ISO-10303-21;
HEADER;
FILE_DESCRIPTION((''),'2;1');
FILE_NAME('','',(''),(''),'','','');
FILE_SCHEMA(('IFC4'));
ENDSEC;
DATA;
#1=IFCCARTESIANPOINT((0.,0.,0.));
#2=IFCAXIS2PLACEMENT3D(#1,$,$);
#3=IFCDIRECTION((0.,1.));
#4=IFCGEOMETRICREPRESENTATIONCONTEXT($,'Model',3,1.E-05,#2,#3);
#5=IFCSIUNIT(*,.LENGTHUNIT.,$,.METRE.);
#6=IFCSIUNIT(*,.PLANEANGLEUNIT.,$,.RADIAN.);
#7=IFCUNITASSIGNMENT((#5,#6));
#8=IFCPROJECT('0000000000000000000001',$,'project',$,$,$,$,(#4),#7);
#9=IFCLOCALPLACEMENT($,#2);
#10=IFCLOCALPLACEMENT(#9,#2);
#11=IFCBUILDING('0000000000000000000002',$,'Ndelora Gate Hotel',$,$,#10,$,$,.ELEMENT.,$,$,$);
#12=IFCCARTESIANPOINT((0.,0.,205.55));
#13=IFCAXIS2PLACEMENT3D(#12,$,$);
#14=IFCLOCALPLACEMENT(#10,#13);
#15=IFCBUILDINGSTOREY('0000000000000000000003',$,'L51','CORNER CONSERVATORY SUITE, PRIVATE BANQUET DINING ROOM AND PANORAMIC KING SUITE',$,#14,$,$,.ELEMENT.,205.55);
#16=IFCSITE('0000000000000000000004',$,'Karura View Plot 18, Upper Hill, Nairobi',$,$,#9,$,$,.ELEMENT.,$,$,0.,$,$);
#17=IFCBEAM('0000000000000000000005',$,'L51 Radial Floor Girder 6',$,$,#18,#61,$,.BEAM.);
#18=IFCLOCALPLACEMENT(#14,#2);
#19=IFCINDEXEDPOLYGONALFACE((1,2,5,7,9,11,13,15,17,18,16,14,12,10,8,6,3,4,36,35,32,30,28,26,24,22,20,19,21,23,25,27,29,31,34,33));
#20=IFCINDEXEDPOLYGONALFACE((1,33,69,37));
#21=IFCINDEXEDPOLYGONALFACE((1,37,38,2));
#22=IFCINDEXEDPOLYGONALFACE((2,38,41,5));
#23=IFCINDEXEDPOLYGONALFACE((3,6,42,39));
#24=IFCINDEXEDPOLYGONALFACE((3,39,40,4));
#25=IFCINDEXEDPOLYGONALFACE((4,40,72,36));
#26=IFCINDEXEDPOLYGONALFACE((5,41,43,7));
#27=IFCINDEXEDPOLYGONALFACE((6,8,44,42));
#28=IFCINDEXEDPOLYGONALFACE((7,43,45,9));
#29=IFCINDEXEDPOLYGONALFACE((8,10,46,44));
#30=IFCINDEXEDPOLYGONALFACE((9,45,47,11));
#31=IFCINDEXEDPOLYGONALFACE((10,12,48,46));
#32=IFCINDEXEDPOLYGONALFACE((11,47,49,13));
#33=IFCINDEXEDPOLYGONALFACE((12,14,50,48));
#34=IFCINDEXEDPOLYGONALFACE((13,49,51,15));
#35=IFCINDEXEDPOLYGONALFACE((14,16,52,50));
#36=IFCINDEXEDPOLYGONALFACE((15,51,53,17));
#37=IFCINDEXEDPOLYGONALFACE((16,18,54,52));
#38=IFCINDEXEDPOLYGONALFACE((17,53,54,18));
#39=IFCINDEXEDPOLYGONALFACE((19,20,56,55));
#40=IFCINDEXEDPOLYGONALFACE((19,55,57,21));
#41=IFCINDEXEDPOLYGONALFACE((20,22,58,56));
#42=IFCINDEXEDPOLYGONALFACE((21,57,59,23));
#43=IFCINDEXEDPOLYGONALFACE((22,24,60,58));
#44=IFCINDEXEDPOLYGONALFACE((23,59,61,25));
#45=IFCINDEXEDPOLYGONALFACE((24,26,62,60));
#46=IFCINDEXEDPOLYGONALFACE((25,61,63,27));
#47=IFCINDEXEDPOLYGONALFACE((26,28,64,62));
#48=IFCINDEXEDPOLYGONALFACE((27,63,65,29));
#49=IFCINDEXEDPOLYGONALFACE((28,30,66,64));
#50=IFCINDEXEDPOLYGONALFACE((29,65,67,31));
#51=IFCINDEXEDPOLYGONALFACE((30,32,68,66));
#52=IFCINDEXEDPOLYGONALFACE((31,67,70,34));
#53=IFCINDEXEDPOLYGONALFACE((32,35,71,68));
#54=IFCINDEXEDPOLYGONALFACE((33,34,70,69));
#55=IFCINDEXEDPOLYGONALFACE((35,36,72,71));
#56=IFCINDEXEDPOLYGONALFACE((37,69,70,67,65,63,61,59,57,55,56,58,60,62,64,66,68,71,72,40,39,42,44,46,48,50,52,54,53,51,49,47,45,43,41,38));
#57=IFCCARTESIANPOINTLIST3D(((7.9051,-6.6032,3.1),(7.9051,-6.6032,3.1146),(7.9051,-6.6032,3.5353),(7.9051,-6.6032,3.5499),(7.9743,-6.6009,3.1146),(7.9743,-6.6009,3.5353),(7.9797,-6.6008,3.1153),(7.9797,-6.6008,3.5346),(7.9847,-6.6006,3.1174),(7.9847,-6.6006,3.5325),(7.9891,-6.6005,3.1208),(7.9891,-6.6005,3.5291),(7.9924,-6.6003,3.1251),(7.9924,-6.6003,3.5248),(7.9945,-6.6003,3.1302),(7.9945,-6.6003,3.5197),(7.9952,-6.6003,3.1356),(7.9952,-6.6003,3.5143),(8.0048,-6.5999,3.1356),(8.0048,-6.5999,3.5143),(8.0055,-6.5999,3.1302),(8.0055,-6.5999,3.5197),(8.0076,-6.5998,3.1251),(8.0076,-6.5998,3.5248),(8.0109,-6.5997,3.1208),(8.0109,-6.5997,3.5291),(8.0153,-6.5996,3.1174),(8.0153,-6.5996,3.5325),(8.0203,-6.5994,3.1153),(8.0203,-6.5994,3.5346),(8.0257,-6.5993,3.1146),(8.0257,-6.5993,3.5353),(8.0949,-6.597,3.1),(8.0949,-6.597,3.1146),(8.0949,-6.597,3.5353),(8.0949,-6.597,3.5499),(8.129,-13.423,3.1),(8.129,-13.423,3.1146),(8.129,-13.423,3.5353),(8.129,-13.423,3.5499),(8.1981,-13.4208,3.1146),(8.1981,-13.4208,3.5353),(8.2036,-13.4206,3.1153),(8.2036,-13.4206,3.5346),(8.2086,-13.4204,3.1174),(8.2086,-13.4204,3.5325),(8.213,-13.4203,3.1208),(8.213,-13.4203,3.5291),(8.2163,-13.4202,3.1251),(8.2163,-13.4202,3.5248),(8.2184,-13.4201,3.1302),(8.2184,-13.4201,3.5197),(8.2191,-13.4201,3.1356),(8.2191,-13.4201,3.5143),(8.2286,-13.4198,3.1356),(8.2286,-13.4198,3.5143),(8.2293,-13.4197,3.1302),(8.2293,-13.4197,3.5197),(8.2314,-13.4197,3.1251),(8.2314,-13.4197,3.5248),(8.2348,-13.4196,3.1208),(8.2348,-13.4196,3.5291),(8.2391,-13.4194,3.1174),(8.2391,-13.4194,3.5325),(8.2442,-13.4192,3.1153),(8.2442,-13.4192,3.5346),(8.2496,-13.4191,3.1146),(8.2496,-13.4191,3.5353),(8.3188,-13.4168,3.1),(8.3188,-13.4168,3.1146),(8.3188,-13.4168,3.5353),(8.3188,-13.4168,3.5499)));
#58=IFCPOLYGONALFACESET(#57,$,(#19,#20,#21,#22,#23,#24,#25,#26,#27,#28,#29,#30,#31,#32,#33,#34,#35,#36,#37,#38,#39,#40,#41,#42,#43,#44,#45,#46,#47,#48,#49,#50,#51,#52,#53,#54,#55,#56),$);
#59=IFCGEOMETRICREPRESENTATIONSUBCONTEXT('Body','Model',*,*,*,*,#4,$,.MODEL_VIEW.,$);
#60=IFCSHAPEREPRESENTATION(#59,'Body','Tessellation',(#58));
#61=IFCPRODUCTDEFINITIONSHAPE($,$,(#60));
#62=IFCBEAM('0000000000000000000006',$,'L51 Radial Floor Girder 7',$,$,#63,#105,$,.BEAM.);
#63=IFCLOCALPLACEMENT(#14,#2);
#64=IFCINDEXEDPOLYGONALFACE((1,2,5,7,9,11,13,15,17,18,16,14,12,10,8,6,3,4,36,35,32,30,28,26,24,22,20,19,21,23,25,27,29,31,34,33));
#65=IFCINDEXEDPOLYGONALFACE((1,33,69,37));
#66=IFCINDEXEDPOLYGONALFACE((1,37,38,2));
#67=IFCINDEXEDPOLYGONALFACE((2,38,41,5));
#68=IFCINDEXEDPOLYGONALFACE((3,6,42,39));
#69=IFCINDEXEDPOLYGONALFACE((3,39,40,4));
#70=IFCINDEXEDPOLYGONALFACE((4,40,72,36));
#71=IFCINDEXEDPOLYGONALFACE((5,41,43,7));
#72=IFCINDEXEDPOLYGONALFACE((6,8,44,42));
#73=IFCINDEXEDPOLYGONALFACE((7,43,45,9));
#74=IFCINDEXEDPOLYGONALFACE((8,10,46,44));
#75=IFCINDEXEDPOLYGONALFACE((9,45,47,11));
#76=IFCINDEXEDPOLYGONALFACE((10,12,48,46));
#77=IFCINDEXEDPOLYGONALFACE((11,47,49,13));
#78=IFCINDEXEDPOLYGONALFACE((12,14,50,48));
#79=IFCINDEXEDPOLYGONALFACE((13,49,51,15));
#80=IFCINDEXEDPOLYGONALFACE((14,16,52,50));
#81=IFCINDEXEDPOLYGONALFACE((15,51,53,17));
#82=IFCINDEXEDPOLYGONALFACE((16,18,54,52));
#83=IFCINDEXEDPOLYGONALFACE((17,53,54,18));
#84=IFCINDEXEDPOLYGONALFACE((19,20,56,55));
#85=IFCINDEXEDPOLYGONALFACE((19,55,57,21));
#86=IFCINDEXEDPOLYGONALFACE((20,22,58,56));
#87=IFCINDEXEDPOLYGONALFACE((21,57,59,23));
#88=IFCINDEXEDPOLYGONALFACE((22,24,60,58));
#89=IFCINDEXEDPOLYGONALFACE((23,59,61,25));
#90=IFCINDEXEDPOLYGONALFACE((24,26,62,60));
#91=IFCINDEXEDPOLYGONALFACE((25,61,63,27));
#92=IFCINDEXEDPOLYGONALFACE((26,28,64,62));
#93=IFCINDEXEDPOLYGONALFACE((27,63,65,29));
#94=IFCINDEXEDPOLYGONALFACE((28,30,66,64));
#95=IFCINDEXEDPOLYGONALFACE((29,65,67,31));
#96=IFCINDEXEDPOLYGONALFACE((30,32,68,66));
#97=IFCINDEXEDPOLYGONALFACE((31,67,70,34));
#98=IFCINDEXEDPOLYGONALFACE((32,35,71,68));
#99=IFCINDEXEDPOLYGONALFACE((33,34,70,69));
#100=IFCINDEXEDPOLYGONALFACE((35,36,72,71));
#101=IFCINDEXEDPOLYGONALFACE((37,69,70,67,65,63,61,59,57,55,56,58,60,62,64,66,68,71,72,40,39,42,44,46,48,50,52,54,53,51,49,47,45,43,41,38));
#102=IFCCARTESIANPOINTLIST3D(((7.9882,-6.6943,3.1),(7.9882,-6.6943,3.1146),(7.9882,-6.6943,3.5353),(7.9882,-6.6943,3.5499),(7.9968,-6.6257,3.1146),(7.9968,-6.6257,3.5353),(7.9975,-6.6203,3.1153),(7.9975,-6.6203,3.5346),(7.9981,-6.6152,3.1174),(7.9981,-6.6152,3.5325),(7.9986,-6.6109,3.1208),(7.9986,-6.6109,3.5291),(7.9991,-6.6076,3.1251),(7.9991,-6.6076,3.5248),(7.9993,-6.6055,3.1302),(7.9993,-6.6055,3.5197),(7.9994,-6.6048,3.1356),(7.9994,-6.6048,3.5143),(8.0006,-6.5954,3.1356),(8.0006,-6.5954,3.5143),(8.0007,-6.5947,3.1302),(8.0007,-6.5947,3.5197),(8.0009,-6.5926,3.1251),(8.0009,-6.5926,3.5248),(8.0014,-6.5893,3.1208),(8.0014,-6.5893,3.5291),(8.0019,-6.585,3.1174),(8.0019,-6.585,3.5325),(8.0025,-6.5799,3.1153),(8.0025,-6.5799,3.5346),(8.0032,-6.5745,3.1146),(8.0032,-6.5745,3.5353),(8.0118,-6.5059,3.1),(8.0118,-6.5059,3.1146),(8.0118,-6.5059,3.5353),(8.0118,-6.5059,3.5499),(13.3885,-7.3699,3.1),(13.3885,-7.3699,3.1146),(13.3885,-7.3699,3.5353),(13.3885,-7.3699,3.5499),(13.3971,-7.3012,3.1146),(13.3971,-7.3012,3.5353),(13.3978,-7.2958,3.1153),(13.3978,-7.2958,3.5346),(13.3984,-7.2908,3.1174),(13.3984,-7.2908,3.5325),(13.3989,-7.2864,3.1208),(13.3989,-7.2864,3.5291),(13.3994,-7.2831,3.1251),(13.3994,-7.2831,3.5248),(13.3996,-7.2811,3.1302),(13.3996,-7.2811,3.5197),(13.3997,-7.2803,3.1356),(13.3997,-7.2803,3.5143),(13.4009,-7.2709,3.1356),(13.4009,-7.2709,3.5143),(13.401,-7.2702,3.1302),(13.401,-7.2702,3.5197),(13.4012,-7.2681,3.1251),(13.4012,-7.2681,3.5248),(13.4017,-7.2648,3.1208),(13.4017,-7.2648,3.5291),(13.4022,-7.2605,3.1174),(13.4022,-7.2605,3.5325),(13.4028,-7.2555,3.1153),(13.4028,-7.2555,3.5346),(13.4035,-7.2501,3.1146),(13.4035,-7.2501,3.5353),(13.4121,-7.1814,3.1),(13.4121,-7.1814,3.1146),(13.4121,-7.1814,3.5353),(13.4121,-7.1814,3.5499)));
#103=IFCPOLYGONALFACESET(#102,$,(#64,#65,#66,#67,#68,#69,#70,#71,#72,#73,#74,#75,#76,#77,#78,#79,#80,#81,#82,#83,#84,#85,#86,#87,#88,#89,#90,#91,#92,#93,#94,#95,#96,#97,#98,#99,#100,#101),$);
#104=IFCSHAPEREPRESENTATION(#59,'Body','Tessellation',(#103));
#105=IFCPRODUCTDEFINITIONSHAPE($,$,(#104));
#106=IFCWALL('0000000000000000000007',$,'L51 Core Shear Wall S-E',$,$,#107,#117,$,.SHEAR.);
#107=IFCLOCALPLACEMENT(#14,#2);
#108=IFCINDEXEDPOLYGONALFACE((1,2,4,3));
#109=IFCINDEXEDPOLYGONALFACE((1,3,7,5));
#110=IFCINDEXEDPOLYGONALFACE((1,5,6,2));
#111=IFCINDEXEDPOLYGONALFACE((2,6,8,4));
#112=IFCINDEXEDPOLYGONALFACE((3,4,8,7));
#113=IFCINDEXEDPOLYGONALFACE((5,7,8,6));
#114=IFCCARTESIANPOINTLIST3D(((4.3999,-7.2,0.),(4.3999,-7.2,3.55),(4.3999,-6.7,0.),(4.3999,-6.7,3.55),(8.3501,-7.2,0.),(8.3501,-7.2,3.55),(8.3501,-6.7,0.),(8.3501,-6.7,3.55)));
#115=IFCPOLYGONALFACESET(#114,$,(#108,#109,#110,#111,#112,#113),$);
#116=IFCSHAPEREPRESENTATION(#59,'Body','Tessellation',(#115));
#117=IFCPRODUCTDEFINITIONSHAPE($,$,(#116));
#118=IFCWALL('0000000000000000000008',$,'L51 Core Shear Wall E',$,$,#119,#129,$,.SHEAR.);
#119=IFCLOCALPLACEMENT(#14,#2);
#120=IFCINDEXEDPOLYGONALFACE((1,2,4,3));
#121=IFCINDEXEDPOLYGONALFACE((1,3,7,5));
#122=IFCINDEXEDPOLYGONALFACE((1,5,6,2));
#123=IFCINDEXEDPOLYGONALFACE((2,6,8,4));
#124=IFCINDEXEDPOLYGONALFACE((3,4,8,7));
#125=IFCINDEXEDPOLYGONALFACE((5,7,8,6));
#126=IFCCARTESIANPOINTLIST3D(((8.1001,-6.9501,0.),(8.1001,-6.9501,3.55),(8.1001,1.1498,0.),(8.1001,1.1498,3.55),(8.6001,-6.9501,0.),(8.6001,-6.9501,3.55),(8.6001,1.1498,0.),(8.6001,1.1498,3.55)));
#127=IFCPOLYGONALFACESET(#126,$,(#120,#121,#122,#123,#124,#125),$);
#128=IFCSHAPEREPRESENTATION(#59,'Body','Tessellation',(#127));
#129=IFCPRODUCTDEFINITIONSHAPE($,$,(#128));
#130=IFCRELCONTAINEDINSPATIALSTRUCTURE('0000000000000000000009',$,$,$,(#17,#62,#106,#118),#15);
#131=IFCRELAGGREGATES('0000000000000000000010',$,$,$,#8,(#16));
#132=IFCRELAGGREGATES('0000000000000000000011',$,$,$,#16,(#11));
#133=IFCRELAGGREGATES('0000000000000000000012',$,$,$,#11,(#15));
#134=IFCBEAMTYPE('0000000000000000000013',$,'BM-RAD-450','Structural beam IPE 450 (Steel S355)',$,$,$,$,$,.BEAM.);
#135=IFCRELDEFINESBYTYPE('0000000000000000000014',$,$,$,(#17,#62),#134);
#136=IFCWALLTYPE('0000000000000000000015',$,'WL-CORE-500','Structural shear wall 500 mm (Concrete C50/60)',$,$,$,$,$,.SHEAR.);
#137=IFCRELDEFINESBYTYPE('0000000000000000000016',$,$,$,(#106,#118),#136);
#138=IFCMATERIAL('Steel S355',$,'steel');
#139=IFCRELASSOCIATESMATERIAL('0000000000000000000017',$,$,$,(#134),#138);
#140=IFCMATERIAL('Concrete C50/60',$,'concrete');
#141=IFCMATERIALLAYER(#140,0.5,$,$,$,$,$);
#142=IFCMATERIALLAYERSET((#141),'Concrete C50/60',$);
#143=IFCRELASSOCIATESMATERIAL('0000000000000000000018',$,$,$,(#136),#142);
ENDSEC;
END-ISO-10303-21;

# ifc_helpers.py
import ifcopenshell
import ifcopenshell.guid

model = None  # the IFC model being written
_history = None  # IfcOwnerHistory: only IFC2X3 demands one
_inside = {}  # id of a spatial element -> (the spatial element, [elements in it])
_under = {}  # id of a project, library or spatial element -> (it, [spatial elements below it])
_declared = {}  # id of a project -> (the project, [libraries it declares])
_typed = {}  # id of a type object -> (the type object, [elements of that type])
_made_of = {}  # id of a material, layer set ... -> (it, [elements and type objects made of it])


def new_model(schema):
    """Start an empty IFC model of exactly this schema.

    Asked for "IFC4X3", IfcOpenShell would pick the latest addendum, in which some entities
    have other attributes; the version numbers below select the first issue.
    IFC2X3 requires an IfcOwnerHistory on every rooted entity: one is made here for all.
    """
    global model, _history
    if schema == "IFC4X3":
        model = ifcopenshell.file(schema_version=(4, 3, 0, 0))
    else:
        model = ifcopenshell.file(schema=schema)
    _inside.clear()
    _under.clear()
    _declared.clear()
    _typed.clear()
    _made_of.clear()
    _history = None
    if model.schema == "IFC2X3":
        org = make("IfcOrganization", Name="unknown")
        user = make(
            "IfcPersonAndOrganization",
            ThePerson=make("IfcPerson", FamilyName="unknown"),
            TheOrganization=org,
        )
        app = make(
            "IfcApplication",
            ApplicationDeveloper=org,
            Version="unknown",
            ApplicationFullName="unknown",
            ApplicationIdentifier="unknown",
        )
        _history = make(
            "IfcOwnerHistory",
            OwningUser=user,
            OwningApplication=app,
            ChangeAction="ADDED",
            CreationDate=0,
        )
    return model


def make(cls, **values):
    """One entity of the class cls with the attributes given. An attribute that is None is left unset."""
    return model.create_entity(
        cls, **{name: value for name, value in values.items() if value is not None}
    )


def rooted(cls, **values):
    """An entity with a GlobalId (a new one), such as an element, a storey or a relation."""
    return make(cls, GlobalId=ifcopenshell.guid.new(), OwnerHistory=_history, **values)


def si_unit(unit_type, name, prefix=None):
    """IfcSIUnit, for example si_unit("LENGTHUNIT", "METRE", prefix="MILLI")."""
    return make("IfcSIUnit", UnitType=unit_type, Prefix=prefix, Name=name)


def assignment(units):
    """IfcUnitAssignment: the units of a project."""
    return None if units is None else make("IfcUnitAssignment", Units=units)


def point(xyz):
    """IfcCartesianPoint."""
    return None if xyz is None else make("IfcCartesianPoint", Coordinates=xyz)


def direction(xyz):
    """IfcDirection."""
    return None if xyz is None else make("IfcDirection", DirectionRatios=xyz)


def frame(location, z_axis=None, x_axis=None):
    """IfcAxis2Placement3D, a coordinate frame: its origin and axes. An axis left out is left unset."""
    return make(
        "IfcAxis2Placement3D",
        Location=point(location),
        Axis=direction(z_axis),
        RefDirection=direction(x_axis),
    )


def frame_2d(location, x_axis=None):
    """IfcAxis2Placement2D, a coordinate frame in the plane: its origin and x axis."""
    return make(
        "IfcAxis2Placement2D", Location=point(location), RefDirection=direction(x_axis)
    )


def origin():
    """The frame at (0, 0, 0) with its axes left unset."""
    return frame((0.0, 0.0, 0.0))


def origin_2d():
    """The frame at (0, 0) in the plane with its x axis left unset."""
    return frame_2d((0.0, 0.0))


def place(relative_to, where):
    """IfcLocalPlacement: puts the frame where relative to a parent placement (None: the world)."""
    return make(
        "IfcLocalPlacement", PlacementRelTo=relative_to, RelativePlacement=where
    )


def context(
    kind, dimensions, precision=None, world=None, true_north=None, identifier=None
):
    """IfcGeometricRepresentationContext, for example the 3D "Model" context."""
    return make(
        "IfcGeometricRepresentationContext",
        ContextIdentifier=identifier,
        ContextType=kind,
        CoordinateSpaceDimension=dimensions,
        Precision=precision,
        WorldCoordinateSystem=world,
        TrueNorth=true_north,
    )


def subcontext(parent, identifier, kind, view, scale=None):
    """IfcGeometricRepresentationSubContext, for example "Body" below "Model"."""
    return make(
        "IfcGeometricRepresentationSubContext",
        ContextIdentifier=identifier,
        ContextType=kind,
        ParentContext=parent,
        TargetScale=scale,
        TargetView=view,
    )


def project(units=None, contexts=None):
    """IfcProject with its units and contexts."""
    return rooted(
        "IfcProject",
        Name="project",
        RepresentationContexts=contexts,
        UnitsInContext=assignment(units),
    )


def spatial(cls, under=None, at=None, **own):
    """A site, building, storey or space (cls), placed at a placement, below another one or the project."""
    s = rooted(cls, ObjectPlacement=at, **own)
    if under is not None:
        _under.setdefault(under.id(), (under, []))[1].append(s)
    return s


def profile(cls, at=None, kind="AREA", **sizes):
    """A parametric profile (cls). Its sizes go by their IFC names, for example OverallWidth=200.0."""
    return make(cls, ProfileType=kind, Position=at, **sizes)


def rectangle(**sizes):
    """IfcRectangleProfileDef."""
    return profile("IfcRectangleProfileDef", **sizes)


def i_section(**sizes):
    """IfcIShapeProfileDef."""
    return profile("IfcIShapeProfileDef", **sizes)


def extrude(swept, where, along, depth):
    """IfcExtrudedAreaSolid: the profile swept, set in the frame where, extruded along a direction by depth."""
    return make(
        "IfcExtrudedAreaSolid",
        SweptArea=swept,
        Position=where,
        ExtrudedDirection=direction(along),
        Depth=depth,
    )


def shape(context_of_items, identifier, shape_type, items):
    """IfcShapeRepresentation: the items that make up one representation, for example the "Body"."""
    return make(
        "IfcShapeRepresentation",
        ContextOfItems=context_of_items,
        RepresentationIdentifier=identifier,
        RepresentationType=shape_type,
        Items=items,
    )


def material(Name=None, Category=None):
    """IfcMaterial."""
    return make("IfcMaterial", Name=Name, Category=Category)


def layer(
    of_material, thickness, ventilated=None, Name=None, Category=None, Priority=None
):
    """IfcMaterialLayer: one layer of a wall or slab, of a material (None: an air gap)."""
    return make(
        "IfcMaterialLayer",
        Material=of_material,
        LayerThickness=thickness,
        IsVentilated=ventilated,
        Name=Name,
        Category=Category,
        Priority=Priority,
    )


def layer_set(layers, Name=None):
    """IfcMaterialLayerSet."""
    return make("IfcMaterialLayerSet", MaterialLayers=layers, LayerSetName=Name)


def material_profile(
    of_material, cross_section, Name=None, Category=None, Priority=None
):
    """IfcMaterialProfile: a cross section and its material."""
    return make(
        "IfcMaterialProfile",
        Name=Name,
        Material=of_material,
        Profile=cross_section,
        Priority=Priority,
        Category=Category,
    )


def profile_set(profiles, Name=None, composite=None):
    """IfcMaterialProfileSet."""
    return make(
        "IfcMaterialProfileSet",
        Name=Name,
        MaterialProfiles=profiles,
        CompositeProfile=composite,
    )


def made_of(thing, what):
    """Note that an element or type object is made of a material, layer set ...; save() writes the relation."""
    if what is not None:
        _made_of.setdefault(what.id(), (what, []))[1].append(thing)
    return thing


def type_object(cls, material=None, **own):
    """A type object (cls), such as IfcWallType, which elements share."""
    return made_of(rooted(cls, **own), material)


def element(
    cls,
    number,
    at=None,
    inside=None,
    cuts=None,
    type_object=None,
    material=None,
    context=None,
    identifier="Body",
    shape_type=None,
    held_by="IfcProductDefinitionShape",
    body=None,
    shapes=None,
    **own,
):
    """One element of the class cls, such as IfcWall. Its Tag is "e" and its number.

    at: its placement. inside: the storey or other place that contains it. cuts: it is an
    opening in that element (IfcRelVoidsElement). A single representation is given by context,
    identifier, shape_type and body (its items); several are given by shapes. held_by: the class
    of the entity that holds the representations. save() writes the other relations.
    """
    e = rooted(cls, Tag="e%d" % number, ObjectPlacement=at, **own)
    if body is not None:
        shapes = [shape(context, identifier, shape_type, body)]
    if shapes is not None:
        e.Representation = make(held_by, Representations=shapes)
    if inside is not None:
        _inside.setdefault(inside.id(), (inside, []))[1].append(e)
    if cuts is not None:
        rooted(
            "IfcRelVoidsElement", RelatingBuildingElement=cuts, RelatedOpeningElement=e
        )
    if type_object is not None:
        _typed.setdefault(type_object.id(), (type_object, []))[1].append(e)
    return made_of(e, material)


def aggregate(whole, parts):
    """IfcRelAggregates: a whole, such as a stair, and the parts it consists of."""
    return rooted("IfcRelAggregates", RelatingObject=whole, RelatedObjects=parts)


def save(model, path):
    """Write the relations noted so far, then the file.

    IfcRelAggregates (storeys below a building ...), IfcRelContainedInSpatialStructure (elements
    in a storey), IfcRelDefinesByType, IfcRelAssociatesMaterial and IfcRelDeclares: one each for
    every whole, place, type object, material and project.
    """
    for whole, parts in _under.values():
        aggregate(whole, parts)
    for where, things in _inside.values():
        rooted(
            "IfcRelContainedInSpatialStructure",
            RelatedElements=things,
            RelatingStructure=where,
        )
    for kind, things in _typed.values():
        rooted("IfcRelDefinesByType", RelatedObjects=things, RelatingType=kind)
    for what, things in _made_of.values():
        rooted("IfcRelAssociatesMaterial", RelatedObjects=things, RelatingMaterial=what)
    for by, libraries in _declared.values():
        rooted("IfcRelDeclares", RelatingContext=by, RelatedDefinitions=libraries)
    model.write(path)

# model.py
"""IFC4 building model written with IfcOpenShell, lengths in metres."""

from ifc_helpers import new_model, si_unit, direction, frame, frame_2d, origin, origin_2d, place, context, subcontext, project, spatial, rectangle, i_section, extrude, material, layer, layer_set, material_profile, profile_set, type_object, element, save


model = new_model("IFC4")

# Units and contexts
model_context = context("Model", 3, precision=1e-05, world=origin(), true_north=direction((0.0, 1.0)))
body_context = subcontext(model_context, "Body", "Model", "MODEL_VIEW")
ifc_project = project(units=[si_unit("LENGTHUNIT", "METRE"), si_unit("PLANEANGLEUNIT", "RADIAN")], contexts=[model_context])

# Site, building, storey
site_placement = place(None, origin())
site = spatial("IfcSite", under=ifc_project, at=site_placement, Name="Karura View Plot 18, Upper Hill, Nairobi", CompositionType="ELEMENT", RefElevation=0.0)
building_placement = place(site_placement, origin())
building = spatial("IfcBuilding", under=site, at=building_placement, Name="Ndelora Gate Hotel", CompositionType="ELEMENT")
storey_placement = place(building_placement, frame((0.0, 0.0, 205.55)))
storey = spatial("IfcBuildingStorey", under=building, at=storey_placement, Name="L51", Description="CORNER CONSERVATORY SUITE, PRIVATE BANQUET DINING ROOM AND PANORAMIC KING SUITE", CompositionType="ELEMENT", Elevation=205.55)

# Shared definitions
ifc_material_1 = material(Name="Concrete C50/60", Category="concrete")

# Beams
ifc_material_2 = material(Name="Steel S355", Category="steel")
ifc_material_profile_1 = material_profile(ifc_material_2, i_section(OverallWidth=0.1899, OverallDepth=0.45, WebThickness=0.0095, FlangeThickness=0.0146, FilletRadius=0.021, at=origin_2d()), Name="IPE 450")
ifc_profile_set_1 = profile_set([ifc_material_profile_1], Name="Steel S355")
beam_type_1 = type_object("IfcBeamType", Name="BM-RAD-450", Description="Structural beam IPE 450 (Steel S355)", PredefinedType="BEAM", material=ifc_profile_set_1)
beam_1_placement = place(storey_placement, frame((8.0, -6.6001, 3.325), z_axis=(0.03281, -0.999462, 0.0), x_axis=(0.999462, 0.03281, 0.0)))
element("IfcBeam", 1, at=beam_1_placement, inside=storey, type_object=beam_type_1, Name="L51 Radial Floor Girder 6", PredefinedType="BEAM", context=body_context, shape_type="SweptSolid", body=[
    extrude(i_section(OverallWidth=0.1899, OverallDepth=0.45, WebThickness=0.0095, FlangeThickness=0.0146, FilletRadius=0.021, at=origin_2d()), origin(), (0.0, 0.0, 1.0), 6.8235),
])
beam_2_placement = place(storey_placement, frame((8.0, -6.6001, 3.325), z_axis=(0.992267, -0.124123, 0.0), x_axis=(0.124123, 0.992267, 0.0)))
element("IfcBeam", 2, at=beam_2_placement, inside=storey, type_object=beam_type_1, Name="L51 Radial Floor Girder 7", PredefinedType="BEAM", context=body_context, shape_type="SweptSolid", body=[
    extrude(i_section(OverallWidth=0.1899, OverallDepth=0.45, WebThickness=0.0095, FlangeThickness=0.0146, FilletRadius=0.021, at=origin_2d()), origin(), (0.0, 0.0, 1.0), 5.4424),
])

# Walls
ifc_layer_1 = layer(ifc_material_1, 0.5)
ifc_layer_set_1 = layer_set([ifc_layer_1], Name="Concrete C50/60")
wall_type_1 = type_object("IfcWallType", Name="WL-CORE-500", Description="Structural shear wall 500 mm (Concrete C50/60)", PredefinedType="SHEAR", material=ifc_layer_set_1)
wall_1_placement = place(storey_placement, frame((4.3999, -6.95, 0.0), z_axis=(0.0, 0.0, 1.0), x_axis=(1.0, 0.0, 0.0)))
element("IfcWall", 3, at=wall_1_placement, inside=storey, type_object=wall_type_1, Name="L51 Core Shear Wall S-E", PredefinedType="SHEAR", context=body_context, shape_type="SweptSolid", body=[
    extrude(rectangle(XDim=3.9502, YDim=0.5, at=frame_2d((1.9751, 0.0))), origin(), (0.0, 0.0, 1.0), 3.55),
])
wall_2_placement = place(storey_placement, frame((8.3501, -6.95, 0.0), z_axis=(0.0, 0.0, 1.0), x_axis=(0.0, 1.0, 0.0)))
element("IfcWall", 4, at=wall_2_placement, inside=storey, type_object=wall_type_1, Name="L51 Core Shear Wall E", PredefinedType="SHEAR", context=body_context, shape_type="SweptSolid", body=[
    extrude(rectangle(XDim=8.0999, YDim=0.5, at=frame_2d((4.0498, 0.0))), origin(), (0.0, 0.0, 1.0), 3.55),
])

save(model, "model.ifc")
